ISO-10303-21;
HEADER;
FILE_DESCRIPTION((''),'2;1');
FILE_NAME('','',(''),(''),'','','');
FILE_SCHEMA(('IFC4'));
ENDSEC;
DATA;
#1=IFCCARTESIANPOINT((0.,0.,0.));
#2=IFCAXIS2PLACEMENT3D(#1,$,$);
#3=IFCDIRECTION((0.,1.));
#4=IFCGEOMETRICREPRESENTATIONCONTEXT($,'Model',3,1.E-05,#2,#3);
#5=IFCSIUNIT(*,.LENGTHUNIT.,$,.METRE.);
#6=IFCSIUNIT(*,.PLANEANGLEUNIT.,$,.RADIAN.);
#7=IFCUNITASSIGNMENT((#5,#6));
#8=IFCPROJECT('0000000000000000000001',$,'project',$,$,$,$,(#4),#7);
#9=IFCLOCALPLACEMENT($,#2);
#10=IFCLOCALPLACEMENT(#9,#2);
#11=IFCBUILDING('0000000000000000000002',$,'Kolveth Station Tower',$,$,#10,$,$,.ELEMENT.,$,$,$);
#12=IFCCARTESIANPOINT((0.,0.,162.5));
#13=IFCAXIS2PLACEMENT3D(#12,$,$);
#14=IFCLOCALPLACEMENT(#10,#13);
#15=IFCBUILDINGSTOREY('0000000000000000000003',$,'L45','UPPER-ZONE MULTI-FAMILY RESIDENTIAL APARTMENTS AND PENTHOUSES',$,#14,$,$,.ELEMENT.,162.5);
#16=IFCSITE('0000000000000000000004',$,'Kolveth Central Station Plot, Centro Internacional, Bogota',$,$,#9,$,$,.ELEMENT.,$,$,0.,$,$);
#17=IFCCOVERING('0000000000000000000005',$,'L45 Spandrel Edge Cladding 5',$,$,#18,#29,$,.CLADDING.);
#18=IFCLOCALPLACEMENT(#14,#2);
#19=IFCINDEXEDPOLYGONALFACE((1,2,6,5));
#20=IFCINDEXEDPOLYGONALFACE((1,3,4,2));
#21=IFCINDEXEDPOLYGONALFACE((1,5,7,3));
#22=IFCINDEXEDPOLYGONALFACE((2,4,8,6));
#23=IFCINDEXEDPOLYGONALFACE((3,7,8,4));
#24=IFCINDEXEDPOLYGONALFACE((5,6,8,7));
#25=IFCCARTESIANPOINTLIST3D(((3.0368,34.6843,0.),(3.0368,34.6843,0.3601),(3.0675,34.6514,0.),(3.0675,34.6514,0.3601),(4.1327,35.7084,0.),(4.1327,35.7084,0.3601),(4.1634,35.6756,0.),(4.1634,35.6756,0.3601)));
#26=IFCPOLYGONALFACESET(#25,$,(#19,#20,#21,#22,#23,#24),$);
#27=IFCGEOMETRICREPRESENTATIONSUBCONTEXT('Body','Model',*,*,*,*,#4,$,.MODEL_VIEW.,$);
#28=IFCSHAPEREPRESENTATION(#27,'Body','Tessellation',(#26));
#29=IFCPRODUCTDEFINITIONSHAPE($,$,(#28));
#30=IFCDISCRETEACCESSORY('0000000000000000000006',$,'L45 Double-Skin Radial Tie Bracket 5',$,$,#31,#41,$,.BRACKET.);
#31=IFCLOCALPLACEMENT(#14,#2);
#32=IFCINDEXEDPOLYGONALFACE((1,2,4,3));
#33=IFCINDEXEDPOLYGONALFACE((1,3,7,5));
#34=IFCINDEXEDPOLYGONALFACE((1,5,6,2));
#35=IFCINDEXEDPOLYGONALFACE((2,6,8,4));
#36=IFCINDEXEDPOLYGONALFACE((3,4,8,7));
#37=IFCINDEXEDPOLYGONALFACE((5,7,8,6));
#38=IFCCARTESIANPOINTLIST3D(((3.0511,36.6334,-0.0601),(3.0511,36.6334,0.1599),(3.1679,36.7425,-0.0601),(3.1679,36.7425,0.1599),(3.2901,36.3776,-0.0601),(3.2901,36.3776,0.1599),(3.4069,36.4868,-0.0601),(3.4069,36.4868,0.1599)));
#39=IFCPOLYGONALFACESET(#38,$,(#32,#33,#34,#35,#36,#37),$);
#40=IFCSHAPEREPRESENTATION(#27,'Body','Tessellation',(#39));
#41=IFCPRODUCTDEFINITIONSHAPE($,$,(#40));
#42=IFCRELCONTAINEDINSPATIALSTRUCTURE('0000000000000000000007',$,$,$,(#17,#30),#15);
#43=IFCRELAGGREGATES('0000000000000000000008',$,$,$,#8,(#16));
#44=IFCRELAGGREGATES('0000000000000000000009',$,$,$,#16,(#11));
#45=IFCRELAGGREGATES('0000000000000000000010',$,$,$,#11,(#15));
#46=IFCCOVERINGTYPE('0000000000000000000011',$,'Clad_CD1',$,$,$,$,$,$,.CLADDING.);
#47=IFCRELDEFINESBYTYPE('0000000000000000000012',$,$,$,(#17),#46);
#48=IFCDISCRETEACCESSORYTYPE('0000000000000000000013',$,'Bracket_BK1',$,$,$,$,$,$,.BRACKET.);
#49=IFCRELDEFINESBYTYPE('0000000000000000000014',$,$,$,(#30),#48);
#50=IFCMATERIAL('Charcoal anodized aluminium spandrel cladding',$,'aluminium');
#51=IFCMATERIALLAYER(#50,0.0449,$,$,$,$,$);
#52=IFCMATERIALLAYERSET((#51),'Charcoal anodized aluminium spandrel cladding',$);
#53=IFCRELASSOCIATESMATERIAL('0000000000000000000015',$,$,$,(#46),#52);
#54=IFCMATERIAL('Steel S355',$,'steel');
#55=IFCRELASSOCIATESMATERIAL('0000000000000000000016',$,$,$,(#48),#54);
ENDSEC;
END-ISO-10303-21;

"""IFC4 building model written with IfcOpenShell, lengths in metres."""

from ifc_helpers import new_model, si_unit, direction, frame, origin, origin_2d, place, context, subcontext, project, spatial, rectangle, extrude, source, transform, mapped, material, layer, layer_set, type_object, element, save


model = new_model("IFC4")

# Units and contexts
model_context = context("Model", 3, precision=1e-05, world=origin(), true_north=direction((0.0, 1.0)))
body_context = subcontext(model_context, "Body", "Model", "MODEL_VIEW")
ifc_project = project(units=[si_unit("LENGTHUNIT", "METRE"), si_unit("PLANEANGLEUNIT", "RADIAN")], contexts=[model_context])

# Site, building, storey
site_placement = place(None, origin())
site = spatial("IfcSite", under=ifc_project, at=site_placement, Name="Kolveth Central Station Plot, Centro Internacional, Bogota", CompositionType="ELEMENT", RefElevation=0.0)
building_placement = place(site_placement, origin())
building = spatial("IfcBuilding", under=site, at=building_placement, Name="Kolveth Station Tower", CompositionType="ELEMENT")
storey_placement = place(building_placement, frame((0.0, 0.0, 162.5)))
storey = spatial("IfcBuildingStorey", under=building, at=storey_placement, Name="L45", Description="UPPER-ZONE MULTI-FAMILY RESIDENTIAL APARTMENTS AND PENTHOUSES", CompositionType="ELEMENT", Elevation=162.5)

# Shared definitions
ifc_material_1 = material(Name="Steel S355", Category="steel")

# Covering
ifc_material_2 = material(Name="Charcoal anodized aluminium spandrel cladding", Category="aluminium")
ifc_layer_1 = layer(ifc_material_2, 0.0449)
ifc_layer_set_1 = layer_set([ifc_layer_1], Name="Charcoal anodized aluminium spandrel cladding")
covering_type = type_object("IfcCoveringType", Name="Clad_CD1", PredefinedType="CLADDING", material=ifc_layer_set_1)
shared_shape_1 = source(origin(), body_context, "Body", "SweptSolid", [
    extrude(rectangle(XDim=1.5, YDim=0.0449, at=origin_2d()), origin(), (0.0, 0.0, 1.0), 0.3601),
])
covering_placement = place(storey_placement, frame((3.6001, 35.1799, 0.0), z_axis=(0.0, 0.0, 1.0), x_axis=(-0.730639, -0.682764, 0.0)))
element("IfcCovering", 1, at=covering_placement, inside=storey, type_object=covering_type, Name="L45 Spandrel Edge Cladding 5", PredefinedType="CLADDING", context=body_context, shape_type="MappedRepresentation", body=[
    mapped(shared_shape_1, transform((0.0, 0.0, 0.0), x_axis=(1.0, 0.0, 0.0), y_axis=(0.0, 1.0, 0.0), z_axis=(0.0, 0.0, 1.0), scale=1.0)),
])

# Discrete accessory
discrete_accessory_type = type_object("IfcDiscreteAccessoryType", Name="Bracket_BK1", PredefinedType="BRACKET", material=ifc_material_1)
shared_shape_2 = source(origin(), body_context, "Body", "SweptSolid", [
    extrude(rectangle(XDim=0.3501, YDim=0.1599, at=origin_2d()), origin(), (0.0, 0.0, 1.0), 0.22),
])
discrete_accessory_placement = place(storey_placement, frame((3.229, 36.5601, -0.0601), z_axis=(0.0, 0.0, 1.0), x_axis=(-0.682764, 0.730639, 0.0)))
element("IfcDiscreteAccessory", 2, at=discrete_accessory_placement, inside=storey, type_object=discrete_accessory_type, Name="L45 Double-Skin Radial Tie Bracket 5", PredefinedType="BRACKET", context=body_context, shape_type="MappedRepresentation", body=[
    mapped(shared_shape_2, transform((0.0, 0.0, 0.0), x_axis=(1.0, 0.0, 0.0), y_axis=(0.0, 1.0, 0.0), z_axis=(0.0, 0.0, 1.0), scale=1.0)),
])

save(model, "model.ifc")
